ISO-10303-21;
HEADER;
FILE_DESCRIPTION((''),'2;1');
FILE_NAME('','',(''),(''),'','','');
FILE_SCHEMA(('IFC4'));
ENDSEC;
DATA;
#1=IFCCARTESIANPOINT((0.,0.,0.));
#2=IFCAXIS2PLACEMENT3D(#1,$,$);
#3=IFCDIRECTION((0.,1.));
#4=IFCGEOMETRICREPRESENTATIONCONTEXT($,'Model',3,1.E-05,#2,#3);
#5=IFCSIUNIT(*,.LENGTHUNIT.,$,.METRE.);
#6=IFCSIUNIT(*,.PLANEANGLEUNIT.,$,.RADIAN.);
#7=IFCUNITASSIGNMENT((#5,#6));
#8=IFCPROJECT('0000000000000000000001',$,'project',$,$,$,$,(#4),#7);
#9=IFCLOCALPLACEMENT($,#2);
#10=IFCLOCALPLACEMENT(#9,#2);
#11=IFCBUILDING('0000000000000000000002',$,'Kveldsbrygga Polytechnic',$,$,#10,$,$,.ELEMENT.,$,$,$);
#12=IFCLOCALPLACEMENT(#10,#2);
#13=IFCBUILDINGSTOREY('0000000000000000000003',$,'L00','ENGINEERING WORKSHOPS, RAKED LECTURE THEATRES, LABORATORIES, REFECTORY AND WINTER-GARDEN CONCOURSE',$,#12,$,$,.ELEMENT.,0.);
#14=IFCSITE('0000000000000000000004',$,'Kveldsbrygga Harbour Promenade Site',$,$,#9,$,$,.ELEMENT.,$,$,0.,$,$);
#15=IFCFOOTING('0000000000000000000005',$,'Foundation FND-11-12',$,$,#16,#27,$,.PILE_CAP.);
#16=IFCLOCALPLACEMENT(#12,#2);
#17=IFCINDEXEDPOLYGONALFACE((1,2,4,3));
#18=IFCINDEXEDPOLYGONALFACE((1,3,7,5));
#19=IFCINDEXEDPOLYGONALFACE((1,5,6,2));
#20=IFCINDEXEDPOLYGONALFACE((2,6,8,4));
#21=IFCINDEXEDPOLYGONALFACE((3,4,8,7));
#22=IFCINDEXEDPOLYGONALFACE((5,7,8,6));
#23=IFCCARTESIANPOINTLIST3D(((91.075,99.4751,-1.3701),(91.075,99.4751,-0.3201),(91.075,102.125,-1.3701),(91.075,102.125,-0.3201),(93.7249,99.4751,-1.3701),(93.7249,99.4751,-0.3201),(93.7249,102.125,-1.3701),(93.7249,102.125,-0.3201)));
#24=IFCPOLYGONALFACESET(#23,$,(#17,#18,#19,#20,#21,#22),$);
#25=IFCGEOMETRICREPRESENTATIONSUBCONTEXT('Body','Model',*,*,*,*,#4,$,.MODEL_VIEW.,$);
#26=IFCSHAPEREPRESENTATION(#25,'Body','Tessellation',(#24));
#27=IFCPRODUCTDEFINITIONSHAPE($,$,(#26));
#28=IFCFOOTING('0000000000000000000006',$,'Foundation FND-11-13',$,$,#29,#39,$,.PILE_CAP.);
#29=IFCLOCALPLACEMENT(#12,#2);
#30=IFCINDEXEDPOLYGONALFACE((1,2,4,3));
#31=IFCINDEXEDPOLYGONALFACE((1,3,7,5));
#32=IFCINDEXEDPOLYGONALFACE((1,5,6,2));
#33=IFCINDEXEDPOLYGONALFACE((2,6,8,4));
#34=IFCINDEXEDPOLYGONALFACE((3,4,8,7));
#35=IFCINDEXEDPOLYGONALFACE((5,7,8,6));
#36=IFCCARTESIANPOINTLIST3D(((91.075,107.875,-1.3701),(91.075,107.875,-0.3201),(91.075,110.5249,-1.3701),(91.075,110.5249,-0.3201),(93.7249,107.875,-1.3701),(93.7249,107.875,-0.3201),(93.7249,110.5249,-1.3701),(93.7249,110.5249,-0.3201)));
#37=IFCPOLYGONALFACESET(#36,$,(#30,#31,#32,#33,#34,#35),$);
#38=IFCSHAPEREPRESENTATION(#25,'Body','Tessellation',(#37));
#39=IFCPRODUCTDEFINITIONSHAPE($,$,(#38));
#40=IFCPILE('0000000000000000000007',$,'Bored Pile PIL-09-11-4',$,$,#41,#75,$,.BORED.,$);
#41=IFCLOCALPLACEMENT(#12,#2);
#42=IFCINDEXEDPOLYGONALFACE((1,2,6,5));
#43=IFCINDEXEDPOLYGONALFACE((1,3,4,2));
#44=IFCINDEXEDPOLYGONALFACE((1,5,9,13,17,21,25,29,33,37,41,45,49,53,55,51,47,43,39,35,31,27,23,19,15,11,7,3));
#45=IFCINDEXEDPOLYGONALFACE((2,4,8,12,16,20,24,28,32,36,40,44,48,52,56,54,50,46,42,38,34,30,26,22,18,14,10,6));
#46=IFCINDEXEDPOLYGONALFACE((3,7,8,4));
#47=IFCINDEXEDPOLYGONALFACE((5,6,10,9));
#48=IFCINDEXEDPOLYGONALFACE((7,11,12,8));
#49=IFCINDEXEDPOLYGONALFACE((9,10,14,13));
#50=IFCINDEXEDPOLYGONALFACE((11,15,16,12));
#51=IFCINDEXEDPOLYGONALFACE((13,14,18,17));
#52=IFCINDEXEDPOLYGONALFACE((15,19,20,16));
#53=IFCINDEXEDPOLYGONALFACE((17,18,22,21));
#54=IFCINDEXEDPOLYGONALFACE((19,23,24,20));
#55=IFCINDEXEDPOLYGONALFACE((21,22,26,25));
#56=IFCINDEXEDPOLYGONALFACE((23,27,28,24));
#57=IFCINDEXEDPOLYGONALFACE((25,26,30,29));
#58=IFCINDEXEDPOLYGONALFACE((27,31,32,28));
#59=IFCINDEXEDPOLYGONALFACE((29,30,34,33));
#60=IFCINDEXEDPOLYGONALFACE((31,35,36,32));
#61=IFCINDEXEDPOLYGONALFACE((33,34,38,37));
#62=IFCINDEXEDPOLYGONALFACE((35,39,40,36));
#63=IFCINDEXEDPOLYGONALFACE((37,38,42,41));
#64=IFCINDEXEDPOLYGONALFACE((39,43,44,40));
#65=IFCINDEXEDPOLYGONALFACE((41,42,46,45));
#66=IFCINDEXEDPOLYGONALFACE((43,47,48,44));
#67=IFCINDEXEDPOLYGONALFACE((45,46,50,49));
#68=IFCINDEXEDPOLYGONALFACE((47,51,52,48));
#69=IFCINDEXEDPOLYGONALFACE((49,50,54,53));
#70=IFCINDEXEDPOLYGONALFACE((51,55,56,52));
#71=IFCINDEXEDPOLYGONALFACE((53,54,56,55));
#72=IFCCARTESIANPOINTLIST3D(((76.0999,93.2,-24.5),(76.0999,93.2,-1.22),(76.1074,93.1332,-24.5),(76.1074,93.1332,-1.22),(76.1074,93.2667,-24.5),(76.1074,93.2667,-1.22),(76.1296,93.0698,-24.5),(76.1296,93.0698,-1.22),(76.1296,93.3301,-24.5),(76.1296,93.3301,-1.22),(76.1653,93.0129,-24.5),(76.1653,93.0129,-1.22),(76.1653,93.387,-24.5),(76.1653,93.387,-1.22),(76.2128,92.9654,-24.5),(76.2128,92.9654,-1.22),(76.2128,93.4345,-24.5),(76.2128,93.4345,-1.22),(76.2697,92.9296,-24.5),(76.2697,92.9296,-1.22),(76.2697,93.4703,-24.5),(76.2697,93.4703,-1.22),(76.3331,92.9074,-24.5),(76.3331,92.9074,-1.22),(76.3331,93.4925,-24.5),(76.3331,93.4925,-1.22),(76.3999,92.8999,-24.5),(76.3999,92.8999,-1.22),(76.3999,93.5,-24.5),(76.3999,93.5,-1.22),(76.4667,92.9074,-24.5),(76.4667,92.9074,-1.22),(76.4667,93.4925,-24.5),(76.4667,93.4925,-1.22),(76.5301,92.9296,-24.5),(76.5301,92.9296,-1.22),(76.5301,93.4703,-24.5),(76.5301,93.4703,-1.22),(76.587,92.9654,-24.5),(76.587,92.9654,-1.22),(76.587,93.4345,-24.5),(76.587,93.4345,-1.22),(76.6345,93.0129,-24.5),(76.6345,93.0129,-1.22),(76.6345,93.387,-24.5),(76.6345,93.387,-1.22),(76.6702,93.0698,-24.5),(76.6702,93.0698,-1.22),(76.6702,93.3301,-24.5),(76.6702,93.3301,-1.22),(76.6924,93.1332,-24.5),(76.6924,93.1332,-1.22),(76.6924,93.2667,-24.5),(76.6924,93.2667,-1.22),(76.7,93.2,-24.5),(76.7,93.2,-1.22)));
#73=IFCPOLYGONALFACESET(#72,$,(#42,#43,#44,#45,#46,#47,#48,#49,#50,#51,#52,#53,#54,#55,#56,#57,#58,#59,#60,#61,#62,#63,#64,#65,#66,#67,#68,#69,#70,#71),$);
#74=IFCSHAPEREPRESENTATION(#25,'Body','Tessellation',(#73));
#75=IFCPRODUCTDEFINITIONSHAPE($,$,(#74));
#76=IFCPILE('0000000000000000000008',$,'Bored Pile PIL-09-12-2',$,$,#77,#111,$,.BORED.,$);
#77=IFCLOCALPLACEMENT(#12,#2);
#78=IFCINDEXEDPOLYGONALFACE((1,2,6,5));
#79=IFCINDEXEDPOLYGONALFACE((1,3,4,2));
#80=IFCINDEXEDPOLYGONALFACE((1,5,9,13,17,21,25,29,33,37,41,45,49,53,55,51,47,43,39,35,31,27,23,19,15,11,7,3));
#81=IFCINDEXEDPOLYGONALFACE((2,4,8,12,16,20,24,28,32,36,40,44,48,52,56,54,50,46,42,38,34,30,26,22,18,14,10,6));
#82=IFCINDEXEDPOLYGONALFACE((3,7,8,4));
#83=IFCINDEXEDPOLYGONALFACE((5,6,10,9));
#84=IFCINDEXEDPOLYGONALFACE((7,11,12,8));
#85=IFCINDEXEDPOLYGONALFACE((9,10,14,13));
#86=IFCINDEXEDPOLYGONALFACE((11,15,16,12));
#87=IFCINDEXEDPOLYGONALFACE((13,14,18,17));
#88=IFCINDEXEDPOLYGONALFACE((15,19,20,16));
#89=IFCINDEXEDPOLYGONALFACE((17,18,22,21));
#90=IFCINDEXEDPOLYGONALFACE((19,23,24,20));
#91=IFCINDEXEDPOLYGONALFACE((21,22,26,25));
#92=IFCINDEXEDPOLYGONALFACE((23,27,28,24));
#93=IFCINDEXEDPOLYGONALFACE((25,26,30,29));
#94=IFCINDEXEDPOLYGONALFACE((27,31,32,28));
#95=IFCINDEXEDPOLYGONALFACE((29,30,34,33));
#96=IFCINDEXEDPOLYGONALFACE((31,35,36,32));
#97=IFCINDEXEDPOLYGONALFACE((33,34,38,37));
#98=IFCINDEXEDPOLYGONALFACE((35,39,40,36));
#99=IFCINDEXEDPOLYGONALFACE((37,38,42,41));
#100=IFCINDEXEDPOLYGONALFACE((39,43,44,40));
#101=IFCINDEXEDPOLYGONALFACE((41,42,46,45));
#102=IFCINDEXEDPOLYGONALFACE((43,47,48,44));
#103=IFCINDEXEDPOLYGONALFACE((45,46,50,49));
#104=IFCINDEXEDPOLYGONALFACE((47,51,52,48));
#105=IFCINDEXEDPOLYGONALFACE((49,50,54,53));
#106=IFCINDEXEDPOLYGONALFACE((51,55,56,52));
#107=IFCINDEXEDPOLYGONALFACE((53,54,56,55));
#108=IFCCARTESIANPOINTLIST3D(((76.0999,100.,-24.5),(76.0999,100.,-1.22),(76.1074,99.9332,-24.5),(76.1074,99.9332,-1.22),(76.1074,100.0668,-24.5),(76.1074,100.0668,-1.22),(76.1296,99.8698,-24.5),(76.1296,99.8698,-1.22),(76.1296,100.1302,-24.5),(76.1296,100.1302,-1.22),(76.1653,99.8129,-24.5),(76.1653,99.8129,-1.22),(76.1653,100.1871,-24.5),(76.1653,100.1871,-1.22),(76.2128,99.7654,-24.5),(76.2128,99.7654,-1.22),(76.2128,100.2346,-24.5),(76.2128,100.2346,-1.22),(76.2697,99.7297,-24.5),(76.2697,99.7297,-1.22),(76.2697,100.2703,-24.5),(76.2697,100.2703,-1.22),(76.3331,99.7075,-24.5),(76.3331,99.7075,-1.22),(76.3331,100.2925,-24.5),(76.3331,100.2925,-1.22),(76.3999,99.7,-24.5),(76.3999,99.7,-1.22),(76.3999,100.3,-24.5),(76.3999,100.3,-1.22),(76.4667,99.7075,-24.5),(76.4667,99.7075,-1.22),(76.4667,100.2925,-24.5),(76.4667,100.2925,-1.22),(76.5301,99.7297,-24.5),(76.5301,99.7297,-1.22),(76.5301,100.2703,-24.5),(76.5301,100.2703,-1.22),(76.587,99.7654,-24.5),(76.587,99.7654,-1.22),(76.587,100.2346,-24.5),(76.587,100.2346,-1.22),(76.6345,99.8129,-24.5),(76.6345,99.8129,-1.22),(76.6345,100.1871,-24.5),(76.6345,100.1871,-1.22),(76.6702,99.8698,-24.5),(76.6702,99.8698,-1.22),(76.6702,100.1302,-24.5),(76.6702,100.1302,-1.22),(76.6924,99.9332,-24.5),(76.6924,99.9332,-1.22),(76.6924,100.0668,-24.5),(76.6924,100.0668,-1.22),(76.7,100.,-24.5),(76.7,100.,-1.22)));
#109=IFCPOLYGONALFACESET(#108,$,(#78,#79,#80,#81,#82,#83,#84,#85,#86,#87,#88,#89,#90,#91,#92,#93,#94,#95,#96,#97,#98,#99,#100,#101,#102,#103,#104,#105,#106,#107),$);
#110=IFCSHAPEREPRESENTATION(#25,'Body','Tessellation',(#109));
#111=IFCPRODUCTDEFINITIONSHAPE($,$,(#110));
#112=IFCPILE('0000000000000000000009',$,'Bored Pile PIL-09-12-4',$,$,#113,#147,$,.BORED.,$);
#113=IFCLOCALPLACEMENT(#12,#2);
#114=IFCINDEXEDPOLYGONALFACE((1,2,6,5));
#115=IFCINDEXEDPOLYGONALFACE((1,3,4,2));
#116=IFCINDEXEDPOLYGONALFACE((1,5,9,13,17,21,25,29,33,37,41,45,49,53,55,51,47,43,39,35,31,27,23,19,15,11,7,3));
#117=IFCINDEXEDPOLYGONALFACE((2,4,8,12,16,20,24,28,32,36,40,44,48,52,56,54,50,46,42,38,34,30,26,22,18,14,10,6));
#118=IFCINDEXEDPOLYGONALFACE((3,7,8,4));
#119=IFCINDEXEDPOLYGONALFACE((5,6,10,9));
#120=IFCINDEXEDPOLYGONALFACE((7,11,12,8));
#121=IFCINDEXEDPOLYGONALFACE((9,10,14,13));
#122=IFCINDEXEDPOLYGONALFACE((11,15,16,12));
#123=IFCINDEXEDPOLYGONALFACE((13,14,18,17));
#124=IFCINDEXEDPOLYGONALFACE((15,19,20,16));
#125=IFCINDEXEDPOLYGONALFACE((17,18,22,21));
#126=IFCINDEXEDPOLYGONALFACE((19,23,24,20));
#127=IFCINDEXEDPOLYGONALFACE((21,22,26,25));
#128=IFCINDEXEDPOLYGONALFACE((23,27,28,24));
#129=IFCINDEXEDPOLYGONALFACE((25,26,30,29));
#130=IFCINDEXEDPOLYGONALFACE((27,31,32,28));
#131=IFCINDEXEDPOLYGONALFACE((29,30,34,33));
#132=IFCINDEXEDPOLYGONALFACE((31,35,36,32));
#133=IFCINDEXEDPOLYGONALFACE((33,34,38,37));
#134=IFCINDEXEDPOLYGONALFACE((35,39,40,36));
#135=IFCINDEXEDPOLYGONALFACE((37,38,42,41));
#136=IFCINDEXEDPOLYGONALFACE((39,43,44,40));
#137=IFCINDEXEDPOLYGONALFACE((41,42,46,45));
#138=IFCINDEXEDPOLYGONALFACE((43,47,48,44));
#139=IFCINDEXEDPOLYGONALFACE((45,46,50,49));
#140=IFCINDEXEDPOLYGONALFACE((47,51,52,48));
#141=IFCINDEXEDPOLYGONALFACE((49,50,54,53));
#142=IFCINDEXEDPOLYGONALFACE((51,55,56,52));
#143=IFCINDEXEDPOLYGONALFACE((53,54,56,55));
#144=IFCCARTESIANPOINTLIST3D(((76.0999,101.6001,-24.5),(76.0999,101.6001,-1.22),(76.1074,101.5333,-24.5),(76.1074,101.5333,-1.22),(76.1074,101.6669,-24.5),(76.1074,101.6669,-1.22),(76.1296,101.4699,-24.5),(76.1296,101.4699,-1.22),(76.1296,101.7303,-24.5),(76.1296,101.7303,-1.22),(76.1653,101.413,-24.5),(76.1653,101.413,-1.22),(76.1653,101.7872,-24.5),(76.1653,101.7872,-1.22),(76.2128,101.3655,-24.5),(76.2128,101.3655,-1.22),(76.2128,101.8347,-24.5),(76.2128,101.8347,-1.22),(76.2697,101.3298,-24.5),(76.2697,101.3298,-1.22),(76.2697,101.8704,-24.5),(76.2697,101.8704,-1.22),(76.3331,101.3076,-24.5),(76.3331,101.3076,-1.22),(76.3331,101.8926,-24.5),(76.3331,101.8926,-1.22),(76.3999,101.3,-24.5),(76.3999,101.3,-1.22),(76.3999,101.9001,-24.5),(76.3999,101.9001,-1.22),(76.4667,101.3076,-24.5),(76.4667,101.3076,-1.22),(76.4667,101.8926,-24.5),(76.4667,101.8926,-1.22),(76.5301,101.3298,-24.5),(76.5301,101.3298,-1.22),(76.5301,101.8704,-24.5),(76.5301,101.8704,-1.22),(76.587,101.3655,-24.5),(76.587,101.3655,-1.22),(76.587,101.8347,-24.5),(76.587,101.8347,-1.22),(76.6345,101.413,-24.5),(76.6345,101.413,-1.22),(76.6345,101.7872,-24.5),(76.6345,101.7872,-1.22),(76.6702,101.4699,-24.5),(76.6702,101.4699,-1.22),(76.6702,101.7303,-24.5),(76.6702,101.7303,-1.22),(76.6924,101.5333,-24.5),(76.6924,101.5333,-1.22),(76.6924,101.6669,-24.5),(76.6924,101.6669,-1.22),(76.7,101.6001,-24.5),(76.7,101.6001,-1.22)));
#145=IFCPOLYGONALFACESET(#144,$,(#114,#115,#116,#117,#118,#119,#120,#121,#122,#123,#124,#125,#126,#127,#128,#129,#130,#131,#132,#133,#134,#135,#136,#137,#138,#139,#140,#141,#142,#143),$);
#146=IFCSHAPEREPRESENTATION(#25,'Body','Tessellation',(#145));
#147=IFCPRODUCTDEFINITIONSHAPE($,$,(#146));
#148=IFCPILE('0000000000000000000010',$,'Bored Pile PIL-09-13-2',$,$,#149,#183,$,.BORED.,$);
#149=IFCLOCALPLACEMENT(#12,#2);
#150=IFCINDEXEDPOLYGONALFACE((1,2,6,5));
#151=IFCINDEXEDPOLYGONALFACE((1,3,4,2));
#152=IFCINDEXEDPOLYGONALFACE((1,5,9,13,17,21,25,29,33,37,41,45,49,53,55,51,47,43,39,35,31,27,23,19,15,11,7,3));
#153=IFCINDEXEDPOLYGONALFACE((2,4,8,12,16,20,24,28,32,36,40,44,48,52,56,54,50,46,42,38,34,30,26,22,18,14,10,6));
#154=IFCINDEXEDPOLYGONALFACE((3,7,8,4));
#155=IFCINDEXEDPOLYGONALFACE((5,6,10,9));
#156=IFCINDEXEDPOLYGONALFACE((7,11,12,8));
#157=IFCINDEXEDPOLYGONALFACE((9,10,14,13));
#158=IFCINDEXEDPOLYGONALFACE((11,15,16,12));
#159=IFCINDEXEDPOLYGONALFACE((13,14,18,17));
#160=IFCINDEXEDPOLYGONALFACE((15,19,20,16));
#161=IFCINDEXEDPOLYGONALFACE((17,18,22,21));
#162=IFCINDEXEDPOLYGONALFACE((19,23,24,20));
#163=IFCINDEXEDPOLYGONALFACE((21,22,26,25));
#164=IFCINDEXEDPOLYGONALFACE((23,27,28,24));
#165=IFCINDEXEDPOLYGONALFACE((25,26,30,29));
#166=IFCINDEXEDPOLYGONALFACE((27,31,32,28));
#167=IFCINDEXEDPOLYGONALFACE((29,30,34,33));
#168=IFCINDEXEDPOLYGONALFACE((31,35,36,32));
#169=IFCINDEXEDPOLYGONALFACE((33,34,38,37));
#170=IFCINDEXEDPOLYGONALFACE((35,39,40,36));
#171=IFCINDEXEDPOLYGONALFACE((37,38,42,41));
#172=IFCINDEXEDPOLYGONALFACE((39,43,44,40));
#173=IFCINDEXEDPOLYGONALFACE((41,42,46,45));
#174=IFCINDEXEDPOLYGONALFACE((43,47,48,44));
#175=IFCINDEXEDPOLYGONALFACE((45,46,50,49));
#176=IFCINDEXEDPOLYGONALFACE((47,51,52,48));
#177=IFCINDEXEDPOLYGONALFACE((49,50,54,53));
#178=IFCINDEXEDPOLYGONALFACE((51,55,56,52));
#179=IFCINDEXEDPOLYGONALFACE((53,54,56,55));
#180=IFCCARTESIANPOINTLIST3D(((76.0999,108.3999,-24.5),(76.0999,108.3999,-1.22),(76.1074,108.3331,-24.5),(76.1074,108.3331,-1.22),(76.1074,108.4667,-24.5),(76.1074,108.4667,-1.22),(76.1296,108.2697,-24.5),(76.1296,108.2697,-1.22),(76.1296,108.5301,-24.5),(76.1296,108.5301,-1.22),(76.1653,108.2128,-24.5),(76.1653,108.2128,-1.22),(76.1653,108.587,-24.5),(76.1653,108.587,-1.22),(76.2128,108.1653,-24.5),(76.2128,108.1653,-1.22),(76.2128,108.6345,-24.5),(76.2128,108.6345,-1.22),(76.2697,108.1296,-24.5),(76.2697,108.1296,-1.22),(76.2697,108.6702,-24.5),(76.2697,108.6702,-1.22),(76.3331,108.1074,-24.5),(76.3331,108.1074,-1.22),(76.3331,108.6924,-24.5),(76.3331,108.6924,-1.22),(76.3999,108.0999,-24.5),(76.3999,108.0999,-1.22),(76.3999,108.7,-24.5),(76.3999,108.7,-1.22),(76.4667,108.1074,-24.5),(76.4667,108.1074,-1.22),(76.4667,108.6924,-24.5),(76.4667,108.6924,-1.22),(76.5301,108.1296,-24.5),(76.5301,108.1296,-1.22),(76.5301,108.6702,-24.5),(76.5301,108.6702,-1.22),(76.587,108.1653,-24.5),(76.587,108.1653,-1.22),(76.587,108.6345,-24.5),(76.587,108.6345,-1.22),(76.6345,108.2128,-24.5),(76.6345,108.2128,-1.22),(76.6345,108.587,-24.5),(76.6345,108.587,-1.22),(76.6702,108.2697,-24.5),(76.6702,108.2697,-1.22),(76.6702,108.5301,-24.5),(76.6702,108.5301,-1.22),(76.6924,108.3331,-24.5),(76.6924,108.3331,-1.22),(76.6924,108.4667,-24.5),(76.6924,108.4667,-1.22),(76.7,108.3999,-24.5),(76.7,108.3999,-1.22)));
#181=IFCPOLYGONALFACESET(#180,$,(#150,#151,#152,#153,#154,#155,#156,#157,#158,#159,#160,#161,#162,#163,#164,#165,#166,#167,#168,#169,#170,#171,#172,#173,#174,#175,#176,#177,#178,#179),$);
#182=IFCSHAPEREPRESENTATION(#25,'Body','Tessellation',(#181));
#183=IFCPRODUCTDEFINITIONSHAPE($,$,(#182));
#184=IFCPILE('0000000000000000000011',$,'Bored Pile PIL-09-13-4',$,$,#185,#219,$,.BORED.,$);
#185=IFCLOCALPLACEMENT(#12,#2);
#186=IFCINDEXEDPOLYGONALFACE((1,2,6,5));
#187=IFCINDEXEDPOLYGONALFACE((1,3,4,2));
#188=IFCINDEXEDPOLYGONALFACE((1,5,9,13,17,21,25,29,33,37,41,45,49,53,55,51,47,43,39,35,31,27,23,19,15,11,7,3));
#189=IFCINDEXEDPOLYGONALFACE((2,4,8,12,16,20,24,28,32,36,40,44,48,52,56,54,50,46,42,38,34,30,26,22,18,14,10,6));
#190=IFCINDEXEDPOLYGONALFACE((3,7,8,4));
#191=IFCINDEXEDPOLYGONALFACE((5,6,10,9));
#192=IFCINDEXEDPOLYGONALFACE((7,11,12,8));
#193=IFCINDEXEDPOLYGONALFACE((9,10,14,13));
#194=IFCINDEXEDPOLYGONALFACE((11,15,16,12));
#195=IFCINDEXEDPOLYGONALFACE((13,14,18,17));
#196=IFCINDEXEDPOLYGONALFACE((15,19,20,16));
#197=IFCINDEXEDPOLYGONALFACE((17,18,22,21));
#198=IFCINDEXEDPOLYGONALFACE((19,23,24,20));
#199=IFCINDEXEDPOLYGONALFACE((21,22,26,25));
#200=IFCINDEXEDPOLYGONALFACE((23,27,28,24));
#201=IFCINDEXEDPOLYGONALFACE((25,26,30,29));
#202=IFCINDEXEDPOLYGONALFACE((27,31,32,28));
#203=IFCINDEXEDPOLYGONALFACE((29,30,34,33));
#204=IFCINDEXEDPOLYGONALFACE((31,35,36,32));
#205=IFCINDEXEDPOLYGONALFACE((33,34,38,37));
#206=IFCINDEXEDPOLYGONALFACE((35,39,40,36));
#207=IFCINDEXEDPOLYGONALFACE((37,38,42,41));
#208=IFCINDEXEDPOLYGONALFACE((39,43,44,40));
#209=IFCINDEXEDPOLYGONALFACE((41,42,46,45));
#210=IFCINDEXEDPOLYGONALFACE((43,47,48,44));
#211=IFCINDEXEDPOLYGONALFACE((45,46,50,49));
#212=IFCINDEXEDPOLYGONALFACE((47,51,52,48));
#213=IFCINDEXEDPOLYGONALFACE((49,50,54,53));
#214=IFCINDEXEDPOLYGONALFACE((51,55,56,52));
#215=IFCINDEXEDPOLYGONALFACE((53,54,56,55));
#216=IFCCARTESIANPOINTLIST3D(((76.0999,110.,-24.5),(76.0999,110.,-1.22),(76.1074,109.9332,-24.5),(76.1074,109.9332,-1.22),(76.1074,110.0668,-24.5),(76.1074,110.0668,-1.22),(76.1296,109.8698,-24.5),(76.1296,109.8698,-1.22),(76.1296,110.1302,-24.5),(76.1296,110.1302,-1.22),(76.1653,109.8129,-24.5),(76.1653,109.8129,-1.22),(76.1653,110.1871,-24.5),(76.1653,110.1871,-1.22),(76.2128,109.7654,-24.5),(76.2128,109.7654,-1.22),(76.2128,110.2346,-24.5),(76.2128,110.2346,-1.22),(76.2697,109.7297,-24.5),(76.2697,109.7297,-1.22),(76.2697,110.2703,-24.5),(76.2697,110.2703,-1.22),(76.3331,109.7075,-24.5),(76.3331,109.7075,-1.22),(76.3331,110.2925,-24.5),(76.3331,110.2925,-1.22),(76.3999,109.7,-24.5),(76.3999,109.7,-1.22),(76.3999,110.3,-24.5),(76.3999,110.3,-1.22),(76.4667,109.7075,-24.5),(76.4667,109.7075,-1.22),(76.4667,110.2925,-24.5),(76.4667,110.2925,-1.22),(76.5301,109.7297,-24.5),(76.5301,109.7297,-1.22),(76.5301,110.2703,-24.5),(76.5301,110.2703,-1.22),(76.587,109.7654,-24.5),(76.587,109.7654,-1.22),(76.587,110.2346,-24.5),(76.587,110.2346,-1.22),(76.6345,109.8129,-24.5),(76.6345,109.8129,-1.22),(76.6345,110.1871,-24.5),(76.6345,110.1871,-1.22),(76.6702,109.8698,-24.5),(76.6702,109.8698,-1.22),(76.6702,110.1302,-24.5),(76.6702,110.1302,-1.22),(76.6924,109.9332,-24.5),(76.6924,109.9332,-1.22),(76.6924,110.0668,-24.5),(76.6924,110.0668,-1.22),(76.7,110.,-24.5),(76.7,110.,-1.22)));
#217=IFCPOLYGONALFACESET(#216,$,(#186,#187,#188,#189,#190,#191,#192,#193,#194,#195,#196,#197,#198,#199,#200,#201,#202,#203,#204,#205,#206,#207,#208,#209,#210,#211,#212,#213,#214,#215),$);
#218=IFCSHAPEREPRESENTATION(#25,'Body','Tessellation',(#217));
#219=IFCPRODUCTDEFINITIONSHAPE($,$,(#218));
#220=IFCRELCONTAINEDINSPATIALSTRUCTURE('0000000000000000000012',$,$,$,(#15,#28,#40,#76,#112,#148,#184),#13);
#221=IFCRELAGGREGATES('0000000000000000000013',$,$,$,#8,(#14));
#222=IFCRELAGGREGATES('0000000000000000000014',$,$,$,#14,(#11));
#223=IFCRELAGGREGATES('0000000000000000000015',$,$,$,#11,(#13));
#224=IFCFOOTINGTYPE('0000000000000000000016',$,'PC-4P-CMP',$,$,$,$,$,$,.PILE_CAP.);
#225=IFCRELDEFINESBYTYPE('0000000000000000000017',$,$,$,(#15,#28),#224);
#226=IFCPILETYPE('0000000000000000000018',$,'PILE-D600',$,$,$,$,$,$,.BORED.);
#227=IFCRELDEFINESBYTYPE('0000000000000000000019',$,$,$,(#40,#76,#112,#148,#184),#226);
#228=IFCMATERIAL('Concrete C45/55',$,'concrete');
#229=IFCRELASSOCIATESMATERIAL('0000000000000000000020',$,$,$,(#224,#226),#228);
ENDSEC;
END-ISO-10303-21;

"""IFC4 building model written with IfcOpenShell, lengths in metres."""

from ifc_helpers import new_model, si_unit, direction, frame, origin, origin_2d, place, context, subcontext, project, spatial, rectangle, circle, extrude, material, material_profile, profile_set, type_object, element, save


model = new_model("IFC4")

# Units and contexts
model_context = context("Model", 3, precision=1e-05, world=origin(), true_north=direction((0.0, 1.0)))
body_context = subcontext(model_context, "Body", "Model", "MODEL_VIEW")
ifc_project = project(units=[si_unit("LENGTHUNIT", "METRE"), si_unit("PLANEANGLEUNIT", "RADIAN")], contexts=[model_context])

# Site, building, storey
site_placement = place(None, origin())
site = spatial("IfcSite", under=ifc_project, at=site_placement, Name="Kveldsbrygga Harbour Promenade Site", CompositionType="ELEMENT", RefElevation=0.0)
building_placement = place(site_placement, origin())
building = spatial("IfcBuilding", under=site, at=building_placement, Name="Kveldsbrygga Polytechnic", CompositionType="ELEMENT")
storey_placement = place(building_placement, origin())
storey = spatial("IfcBuildingStorey", under=building, at=storey_placement, Name="L00", Description="ENGINEERING WORKSHOPS, RAKED LECTURE THEATRES, LABORATORIES, REFECTORY AND WINTER-GARDEN CONCOURSE", CompositionType="ELEMENT", Elevation=0.0)

# Footings
ifc_material_1 = material(Name="Concrete C45/55", Category="concrete")
footing_type = type_object("IfcFootingType", Name="PC-4P-CMP", PredefinedType="PILE_CAP", material=ifc_material_1)
for number, where, z_axis, x_axis, name in (
    (1, (92.3999, 100.8, -1.3701), (0.0, 0.0, 1.0), (1.0, 0.0, 0.0), "Foundation FND-11-12"),
    (2, (92.3999, 109.2, -1.3701), (0.0, 0.0, 1.0), (1.0, 0.0, 0.0), "Foundation FND-11-13"),
):
    element("IfcFooting", number, at=place(storey_placement, frame(where, z_axis=z_axis, x_axis=x_axis)), inside=storey, type_object=footing_type, Name=name, PredefinedType="PILE_CAP", context=body_context, shape_type="SweptSolid", body=[
        extrude(rectangle(XDim=2.6499, YDim=2.6499, at=origin_2d()), origin(), (0.0, 0.0, 1.0), 1.05),
    ])

# Piles
ifc_material_profile_1 = material_profile(ifc_material_1, circle(Radius=0.3, at=origin_2d()), Name="PILE D600")
ifc_profile_set_1 = profile_set([ifc_material_profile_1], Name="Concrete C45/55")
pile_type = type_object("IfcPileType", Name="PILE-D600", PredefinedType="BORED", material=ifc_profile_set_1)
for number, where, z_axis, x_axis, name in (
    (3, (76.3999, 93.2, -1.22), (0.0, 0.0, -1.0), (1.0, 0.0, 0.0), "Bored Pile PIL-09-11-4"),
    (4, (76.3999, 100.0, -1.22), (0.0, 0.0, -1.0), (1.0, 0.0, 0.0), "Bored Pile PIL-09-12-2"),
    (5, (76.3999, 101.6001, -1.22), (0.0, 0.0, -1.0), (1.0, 0.0, 0.0), "Bored Pile PIL-09-12-4"),
    (6, (76.3999, 108.3999, -1.22), (0.0, 0.0, -1.0), (1.0, 0.0, 0.0), "Bored Pile PIL-09-13-2"),
    (7, (76.3999, 110.0, -1.22), (0.0, 0.0, -1.0), (1.0, 0.0, 0.0), "Bored Pile PIL-09-13-4"),
):
    element("IfcPile", number, at=place(storey_placement, frame(where, z_axis=z_axis, x_axis=x_axis)), inside=storey, type_object=pile_type, Name=name, PredefinedType="BORED", context=body_context, shape_type="SweptSolid", body=[
        extrude(circle(Radius=0.3, at=origin_2d()), origin(), (0.0, 0.0, 1.0), 23.28),
    ])

save(model, "model.ifc")
